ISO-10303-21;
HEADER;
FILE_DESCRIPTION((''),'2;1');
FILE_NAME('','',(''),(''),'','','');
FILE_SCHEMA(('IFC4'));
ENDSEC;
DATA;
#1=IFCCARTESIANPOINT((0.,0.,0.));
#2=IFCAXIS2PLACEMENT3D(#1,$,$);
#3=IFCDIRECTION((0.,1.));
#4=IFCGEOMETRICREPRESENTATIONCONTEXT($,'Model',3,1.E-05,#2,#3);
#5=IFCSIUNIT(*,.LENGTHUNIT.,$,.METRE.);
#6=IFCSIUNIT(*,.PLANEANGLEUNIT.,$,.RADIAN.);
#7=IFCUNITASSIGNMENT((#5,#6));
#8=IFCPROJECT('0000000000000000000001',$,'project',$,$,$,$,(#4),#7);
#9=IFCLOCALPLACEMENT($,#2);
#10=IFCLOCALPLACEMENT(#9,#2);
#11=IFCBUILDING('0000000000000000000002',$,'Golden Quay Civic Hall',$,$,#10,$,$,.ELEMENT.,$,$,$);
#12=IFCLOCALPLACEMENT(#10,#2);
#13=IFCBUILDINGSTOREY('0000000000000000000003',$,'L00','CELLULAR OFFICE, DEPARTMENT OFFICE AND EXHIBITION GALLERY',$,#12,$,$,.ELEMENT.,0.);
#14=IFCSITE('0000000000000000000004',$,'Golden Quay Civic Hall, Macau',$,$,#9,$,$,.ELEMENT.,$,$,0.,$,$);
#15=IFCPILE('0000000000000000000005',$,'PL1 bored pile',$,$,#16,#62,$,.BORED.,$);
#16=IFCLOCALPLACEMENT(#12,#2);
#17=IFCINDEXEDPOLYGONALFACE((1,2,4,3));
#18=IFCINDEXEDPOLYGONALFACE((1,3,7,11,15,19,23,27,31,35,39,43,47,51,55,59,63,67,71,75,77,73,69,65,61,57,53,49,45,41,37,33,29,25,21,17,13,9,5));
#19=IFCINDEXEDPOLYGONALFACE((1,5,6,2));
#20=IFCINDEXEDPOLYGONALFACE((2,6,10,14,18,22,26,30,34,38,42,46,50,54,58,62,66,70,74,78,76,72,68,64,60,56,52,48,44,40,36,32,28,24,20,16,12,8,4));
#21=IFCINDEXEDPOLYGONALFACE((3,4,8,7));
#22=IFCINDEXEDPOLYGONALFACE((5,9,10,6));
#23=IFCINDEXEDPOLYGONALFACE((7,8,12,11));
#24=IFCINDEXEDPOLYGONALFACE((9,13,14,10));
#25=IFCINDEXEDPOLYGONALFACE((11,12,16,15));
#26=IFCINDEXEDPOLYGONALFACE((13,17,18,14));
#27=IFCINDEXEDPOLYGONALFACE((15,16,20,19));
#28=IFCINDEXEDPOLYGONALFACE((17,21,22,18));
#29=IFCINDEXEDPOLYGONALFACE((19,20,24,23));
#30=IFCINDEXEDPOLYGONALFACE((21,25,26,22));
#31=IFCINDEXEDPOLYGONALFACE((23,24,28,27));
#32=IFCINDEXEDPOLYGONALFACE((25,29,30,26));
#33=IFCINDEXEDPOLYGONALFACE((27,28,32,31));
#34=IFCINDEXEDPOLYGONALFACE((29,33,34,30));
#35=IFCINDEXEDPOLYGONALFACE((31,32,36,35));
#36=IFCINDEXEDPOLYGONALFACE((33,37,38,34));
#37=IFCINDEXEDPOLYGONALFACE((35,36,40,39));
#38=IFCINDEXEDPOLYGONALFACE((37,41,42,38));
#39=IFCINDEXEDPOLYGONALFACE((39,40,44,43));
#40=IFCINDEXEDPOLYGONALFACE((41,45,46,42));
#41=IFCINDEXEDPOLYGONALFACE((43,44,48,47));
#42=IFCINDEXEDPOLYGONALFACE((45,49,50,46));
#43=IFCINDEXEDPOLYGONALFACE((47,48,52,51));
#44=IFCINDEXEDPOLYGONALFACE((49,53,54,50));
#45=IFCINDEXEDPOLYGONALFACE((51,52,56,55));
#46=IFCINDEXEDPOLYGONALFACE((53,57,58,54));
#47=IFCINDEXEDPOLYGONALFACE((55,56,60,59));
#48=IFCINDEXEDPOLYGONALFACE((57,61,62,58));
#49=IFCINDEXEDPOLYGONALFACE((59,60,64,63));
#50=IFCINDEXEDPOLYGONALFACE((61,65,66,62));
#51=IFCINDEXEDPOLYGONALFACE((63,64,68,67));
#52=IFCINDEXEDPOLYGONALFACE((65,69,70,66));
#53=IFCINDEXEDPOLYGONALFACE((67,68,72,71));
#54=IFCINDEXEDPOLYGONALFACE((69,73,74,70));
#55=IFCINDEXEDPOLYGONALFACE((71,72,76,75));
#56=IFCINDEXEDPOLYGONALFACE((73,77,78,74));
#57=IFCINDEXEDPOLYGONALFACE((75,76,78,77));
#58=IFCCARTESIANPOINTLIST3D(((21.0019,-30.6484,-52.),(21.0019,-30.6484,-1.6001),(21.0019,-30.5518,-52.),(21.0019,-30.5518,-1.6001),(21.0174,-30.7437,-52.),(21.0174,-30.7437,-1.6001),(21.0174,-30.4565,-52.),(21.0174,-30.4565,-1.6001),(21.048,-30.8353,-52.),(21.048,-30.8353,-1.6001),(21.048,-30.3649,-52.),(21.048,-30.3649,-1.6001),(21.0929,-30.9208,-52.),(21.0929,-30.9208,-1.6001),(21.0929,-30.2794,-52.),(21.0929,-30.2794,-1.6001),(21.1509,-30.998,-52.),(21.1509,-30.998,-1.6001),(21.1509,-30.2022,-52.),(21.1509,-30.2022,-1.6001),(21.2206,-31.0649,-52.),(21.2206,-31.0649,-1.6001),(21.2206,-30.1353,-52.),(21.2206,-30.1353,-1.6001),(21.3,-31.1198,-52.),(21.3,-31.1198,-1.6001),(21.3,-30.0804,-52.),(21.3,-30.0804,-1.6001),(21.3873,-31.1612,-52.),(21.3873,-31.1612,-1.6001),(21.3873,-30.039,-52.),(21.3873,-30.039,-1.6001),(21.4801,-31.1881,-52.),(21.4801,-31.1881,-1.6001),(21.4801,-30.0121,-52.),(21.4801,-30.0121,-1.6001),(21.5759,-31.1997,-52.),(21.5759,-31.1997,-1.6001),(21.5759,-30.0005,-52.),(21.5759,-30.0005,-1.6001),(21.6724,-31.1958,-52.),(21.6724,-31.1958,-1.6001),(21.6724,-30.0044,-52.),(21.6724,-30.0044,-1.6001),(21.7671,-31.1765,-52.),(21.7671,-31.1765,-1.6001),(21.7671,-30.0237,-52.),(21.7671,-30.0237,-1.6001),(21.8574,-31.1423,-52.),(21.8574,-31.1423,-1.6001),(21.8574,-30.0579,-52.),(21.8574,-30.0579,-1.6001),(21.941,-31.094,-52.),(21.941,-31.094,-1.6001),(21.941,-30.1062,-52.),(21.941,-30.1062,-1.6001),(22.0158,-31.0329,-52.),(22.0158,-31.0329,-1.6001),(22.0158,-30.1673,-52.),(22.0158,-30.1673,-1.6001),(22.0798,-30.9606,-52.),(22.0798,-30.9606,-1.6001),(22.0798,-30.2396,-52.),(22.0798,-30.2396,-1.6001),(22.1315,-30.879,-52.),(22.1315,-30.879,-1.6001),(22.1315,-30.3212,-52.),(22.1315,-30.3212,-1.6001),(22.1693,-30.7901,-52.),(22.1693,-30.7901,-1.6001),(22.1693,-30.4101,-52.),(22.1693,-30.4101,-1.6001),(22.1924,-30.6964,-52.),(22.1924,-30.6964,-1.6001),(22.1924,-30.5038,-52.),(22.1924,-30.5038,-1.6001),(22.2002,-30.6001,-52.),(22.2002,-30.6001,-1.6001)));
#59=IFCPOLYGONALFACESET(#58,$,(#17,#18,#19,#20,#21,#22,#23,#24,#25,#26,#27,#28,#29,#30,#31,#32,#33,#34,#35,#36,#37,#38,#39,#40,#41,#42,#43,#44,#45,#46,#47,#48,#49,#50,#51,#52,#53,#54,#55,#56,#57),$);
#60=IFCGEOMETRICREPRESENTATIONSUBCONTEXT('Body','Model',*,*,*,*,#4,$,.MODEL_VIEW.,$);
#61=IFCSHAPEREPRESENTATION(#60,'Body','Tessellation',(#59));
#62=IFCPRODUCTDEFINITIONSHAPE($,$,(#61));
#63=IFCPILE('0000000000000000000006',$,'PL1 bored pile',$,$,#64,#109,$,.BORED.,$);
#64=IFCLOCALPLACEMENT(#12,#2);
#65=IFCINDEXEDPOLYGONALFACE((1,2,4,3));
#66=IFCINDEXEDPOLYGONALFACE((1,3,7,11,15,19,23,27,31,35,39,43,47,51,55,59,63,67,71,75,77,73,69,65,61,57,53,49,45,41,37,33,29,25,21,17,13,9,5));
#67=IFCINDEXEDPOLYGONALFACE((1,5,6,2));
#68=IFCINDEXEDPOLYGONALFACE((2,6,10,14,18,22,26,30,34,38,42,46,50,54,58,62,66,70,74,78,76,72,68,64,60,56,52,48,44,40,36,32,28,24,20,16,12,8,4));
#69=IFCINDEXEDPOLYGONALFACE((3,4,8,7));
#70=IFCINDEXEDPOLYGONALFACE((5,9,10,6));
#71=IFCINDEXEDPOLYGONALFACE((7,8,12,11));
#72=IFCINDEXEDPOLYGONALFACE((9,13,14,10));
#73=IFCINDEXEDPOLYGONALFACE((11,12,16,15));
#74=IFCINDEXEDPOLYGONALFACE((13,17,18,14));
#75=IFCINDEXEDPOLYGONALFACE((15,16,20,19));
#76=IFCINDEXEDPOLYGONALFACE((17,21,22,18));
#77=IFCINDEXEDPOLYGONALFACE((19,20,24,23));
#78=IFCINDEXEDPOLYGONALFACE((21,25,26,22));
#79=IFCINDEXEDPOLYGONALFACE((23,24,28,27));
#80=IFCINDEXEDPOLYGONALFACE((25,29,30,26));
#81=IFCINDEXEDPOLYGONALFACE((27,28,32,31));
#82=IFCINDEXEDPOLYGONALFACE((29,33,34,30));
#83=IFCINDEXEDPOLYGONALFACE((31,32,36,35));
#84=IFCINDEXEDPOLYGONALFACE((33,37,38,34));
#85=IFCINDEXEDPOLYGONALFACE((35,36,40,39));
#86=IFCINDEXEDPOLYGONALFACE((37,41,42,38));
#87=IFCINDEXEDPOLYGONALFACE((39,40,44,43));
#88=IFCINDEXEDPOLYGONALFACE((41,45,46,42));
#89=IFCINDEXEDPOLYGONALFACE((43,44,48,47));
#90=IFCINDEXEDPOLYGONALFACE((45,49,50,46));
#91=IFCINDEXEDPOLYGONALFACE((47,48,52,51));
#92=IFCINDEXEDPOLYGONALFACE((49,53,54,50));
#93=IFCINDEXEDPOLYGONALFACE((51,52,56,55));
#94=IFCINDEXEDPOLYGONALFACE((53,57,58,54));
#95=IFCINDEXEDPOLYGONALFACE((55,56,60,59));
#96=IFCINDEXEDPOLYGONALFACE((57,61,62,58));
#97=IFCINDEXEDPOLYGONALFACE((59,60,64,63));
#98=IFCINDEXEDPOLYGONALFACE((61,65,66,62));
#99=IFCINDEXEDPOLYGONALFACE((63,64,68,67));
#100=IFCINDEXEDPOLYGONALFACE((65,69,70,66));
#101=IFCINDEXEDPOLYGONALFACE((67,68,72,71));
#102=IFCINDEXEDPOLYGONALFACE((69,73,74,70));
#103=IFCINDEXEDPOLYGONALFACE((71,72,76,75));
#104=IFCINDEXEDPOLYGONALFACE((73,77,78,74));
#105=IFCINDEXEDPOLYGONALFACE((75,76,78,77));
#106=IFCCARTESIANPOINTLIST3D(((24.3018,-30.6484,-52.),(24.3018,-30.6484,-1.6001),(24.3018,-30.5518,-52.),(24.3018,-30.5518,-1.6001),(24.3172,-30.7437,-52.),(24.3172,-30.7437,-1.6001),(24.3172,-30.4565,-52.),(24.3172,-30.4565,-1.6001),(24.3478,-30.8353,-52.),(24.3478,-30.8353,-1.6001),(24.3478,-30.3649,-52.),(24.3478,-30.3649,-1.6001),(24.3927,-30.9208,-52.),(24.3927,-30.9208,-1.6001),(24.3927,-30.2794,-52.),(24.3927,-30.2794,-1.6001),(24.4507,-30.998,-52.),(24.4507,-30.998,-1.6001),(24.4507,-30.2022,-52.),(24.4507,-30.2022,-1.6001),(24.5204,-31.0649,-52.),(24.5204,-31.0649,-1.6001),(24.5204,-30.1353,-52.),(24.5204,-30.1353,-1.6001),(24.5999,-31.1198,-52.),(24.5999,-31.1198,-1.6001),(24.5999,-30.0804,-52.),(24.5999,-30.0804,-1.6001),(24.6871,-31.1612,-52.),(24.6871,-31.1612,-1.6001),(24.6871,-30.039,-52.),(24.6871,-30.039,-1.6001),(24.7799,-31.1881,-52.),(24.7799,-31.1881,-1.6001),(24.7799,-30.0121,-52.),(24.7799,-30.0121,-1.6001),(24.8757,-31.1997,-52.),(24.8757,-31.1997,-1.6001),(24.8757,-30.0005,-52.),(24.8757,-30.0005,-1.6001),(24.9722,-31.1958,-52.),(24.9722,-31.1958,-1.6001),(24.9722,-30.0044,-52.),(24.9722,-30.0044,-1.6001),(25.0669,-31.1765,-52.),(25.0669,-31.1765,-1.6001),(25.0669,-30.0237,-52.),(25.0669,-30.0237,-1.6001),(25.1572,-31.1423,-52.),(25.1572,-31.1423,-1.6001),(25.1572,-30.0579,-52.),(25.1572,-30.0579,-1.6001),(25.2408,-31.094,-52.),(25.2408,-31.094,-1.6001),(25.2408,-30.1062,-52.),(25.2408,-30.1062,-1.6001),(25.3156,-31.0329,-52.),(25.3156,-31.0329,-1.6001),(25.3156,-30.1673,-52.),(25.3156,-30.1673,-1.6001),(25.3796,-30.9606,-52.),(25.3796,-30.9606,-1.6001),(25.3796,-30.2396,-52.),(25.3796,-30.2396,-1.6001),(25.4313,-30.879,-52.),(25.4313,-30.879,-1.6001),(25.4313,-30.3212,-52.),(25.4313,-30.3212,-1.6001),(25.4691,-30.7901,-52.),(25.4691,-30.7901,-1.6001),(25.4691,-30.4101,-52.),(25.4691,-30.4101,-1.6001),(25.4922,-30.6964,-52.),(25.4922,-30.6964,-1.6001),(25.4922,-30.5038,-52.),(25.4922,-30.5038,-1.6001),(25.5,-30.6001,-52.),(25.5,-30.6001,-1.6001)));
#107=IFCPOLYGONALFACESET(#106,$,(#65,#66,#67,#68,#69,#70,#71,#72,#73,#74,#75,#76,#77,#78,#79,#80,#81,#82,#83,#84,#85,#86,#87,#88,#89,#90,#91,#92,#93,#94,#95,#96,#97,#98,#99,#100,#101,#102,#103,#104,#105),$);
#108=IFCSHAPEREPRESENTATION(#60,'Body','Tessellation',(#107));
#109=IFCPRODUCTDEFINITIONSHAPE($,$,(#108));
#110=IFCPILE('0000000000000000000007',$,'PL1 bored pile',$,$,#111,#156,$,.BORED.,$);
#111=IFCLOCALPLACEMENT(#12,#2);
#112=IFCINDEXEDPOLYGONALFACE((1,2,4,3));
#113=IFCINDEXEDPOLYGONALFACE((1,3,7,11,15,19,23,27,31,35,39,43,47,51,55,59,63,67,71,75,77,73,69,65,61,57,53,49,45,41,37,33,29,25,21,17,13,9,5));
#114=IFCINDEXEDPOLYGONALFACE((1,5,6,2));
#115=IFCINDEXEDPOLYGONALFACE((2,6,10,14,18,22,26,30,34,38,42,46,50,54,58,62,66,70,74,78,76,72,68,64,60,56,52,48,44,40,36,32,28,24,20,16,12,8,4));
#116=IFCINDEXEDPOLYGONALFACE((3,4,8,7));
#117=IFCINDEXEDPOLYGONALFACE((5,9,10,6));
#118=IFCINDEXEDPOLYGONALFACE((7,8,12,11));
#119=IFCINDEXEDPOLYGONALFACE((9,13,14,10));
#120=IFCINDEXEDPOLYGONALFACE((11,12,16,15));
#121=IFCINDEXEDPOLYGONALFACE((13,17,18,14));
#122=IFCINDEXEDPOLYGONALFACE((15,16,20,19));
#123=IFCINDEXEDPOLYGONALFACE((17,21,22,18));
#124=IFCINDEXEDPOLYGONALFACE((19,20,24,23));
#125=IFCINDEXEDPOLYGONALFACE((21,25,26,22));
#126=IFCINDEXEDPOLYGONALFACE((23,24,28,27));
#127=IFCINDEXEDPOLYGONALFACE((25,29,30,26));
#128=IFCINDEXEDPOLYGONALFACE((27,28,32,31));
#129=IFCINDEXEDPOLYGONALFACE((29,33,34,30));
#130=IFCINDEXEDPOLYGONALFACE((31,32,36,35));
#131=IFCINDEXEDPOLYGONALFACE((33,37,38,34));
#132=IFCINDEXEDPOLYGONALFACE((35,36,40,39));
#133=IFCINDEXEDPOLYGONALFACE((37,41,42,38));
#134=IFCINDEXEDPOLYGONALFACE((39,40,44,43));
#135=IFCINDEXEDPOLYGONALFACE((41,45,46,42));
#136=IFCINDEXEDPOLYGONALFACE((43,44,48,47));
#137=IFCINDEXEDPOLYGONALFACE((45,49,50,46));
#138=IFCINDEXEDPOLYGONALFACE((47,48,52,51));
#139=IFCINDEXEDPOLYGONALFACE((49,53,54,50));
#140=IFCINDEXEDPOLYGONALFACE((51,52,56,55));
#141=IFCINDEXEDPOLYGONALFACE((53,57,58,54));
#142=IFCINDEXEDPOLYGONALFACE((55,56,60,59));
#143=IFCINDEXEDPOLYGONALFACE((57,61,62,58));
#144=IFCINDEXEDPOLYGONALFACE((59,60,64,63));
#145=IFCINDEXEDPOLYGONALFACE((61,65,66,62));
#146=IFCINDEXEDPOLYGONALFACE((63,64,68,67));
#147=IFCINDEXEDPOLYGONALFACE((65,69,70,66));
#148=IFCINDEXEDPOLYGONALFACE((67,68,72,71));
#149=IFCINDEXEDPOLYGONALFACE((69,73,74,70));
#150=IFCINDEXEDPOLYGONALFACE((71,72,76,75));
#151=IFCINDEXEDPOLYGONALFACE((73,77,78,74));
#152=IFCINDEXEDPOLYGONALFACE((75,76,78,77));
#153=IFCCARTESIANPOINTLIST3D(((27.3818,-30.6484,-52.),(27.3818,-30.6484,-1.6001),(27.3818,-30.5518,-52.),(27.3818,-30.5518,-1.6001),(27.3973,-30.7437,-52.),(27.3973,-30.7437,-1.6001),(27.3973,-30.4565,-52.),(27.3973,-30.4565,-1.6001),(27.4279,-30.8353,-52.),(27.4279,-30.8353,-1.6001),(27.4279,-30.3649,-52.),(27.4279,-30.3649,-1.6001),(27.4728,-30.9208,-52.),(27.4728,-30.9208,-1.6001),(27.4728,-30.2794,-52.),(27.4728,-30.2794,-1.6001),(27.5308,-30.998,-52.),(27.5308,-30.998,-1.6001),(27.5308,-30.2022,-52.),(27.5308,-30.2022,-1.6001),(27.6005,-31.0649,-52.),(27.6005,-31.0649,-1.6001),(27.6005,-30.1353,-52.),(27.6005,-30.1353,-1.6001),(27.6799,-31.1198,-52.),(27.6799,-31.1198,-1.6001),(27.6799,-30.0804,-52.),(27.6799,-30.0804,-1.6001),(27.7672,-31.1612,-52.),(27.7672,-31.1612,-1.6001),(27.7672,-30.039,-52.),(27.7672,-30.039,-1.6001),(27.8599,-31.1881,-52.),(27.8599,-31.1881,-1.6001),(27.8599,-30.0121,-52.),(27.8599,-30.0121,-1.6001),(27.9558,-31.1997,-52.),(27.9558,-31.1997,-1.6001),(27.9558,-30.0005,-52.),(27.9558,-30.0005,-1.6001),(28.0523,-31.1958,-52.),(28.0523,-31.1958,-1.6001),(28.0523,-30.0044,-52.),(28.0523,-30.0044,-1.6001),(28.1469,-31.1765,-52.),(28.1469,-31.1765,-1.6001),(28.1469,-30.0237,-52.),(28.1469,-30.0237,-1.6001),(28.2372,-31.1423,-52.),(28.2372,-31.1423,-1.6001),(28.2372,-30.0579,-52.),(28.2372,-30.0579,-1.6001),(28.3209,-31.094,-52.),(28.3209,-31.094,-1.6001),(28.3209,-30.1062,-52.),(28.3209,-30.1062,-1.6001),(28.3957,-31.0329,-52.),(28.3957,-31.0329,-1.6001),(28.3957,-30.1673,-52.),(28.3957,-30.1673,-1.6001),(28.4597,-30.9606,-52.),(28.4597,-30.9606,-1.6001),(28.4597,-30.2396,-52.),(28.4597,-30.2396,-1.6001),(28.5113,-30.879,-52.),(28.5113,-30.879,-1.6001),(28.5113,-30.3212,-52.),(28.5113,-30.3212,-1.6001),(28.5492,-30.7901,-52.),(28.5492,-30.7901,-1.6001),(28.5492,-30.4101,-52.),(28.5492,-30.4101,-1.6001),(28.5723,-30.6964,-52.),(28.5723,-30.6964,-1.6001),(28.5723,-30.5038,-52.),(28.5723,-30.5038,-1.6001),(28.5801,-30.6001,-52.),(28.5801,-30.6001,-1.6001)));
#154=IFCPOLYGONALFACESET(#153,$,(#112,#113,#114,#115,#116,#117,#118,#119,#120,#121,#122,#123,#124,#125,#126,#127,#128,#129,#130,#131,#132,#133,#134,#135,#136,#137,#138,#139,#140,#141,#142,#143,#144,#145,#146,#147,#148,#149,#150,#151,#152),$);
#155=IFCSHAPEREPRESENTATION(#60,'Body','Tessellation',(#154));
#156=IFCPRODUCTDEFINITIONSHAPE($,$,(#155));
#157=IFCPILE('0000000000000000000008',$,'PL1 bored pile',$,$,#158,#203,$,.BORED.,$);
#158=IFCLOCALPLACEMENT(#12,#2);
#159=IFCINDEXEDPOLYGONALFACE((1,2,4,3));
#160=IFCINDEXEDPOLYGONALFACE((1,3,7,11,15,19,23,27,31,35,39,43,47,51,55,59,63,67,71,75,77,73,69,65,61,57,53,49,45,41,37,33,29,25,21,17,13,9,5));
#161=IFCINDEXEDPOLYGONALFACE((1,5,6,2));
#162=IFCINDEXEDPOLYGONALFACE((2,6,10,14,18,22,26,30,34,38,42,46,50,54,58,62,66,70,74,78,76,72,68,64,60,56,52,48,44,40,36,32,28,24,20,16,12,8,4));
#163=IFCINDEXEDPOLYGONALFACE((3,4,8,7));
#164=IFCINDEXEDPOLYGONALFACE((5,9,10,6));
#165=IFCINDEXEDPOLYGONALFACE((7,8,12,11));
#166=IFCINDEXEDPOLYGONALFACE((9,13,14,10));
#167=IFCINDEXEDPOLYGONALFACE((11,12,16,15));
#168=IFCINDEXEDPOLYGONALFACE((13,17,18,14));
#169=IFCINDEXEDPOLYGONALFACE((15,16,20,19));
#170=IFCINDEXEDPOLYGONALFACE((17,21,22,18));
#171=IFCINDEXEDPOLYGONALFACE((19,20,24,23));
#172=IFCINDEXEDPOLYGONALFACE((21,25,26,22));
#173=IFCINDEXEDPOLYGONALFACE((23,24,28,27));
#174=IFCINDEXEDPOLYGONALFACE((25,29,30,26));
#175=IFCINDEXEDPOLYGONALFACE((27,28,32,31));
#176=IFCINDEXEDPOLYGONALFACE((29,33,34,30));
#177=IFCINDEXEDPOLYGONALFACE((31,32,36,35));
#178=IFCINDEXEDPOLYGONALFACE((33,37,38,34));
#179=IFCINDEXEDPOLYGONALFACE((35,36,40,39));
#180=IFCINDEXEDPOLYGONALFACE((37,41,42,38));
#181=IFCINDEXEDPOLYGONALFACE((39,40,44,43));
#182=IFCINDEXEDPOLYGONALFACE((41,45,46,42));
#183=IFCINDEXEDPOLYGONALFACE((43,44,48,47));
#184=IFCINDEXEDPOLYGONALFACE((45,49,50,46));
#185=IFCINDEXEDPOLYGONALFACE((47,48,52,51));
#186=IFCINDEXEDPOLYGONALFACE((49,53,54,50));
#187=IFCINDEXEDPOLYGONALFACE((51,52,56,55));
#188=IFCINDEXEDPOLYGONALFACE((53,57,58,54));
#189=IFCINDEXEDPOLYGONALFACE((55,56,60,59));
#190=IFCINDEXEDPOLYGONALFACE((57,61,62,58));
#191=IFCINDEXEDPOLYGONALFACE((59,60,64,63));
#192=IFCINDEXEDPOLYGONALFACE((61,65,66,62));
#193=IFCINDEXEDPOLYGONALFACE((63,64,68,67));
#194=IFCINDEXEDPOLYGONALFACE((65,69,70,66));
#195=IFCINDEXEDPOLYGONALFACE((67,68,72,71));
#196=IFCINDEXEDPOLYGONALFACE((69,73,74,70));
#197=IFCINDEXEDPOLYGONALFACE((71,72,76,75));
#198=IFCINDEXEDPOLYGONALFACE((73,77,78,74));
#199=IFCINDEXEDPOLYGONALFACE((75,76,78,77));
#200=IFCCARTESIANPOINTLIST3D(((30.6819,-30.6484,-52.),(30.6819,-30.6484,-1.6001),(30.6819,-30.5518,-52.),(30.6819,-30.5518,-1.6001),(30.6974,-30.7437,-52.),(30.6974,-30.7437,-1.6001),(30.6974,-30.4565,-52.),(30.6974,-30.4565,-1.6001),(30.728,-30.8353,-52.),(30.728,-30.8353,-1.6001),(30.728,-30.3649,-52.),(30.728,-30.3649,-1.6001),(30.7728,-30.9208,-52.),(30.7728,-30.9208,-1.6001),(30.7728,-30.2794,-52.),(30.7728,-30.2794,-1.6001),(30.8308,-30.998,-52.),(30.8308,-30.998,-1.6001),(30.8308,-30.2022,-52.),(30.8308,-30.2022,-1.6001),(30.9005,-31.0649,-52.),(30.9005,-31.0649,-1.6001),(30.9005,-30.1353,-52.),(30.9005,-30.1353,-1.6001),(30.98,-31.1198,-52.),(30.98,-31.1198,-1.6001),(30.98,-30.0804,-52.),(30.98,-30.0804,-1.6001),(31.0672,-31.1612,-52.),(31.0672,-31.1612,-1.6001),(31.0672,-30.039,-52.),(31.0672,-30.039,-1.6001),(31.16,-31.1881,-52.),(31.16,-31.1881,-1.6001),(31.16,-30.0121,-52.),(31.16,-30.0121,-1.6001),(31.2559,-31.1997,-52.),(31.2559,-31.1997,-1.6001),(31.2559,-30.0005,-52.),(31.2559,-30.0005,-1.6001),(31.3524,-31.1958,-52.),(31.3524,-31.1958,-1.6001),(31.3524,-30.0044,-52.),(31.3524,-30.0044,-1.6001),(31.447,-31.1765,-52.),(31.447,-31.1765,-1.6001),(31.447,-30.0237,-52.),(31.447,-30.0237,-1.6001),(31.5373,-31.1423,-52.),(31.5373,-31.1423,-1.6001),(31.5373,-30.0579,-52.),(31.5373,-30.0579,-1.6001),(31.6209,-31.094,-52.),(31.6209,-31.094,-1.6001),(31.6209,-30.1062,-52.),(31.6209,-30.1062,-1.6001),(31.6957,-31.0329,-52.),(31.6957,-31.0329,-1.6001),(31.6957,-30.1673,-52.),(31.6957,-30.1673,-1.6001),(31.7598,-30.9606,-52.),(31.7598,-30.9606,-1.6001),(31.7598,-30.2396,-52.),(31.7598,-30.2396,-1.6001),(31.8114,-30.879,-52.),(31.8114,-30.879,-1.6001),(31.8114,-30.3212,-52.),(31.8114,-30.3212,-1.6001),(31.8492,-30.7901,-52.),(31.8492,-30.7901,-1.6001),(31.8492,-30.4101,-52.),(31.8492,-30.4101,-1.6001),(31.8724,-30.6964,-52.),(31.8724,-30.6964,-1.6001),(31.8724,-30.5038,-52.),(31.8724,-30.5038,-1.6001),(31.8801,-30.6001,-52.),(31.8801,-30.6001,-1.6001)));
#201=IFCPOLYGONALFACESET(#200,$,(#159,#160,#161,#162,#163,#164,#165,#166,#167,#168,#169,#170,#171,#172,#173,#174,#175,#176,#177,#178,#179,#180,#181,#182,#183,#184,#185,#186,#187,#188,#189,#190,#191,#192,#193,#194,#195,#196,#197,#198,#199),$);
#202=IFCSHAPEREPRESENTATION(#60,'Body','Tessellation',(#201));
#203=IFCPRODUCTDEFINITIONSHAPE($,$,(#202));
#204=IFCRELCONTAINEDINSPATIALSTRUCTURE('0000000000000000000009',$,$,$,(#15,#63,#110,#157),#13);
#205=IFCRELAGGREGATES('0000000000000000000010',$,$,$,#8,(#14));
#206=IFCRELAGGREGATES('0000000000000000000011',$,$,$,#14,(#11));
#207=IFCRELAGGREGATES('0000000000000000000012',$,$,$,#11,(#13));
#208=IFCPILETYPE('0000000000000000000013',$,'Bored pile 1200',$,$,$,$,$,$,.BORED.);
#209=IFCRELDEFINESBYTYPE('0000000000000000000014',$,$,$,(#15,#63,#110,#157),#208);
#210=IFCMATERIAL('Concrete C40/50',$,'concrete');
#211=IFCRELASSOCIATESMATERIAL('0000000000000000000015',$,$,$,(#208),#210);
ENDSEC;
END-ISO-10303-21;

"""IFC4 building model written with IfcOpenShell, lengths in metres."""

from ifc_helpers import new_model, si_unit, direction, frame, origin, origin_2d, place, context, subcontext, project, spatial, circle, extrude, material, material_profile, profile_set, type_object, element, save


model = new_model("IFC4")

# Units and contexts
model_context = context("Model", 3, precision=1e-05, world=origin(), true_north=direction((0.0, 1.0)))
body_context = subcontext(model_context, "Body", "Model", "MODEL_VIEW")
ifc_project = project(units=[si_unit("LENGTHUNIT", "METRE"), si_unit("PLANEANGLEUNIT", "RADIAN")], contexts=[model_context])

# Site, building, storey
site_placement = place(None, origin())
site = spatial("IfcSite", under=ifc_project, at=site_placement, Name="Golden Quay Civic Hall, Macau", CompositionType="ELEMENT", RefElevation=0.0)
building_placement = place(site_placement, origin())
building = spatial("IfcBuilding", under=site, at=building_placement, Name="Golden Quay Civic Hall", CompositionType="ELEMENT")
storey_placement = place(building_placement, origin())
storey = spatial("IfcBuildingStorey", under=building, at=storey_placement, Name="L00", Description="CELLULAR OFFICE, DEPARTMENT OFFICE AND EXHIBITION GALLERY", CompositionType="ELEMENT", Elevation=0.0)

# Piles
ifc_material_1 = material(Name="Concrete C40/50", Category="concrete")
ifc_material_profile_1 = material_profile(ifc_material_1, circle(Radius=0.6001, at=origin_2d()), Name="RC D1200")
ifc_profile_set_1 = profile_set([ifc_material_profile_1], Name="Concrete C40/50")
pile_type = type_object("IfcPileType", Name="Bored pile 1200", PredefinedType="BORED", material=ifc_profile_set_1)
for number, where, z_axis, x_axis, name in (
    (1, (21.6001, -30.6001, -1.6001), (0.0, 0.0, -1.0), (1.0, 0.0, 0.0), "PL1 bored pile"),
    (2, (24.8999, -30.6001, -1.6001), (0.0, 0.0, -1.0), (1.0, 0.0, 0.0), "PL1 bored pile"),
    (3, (27.98, -30.6001, -1.6001), (0.0, 0.0, -1.0), (1.0, 0.0, 0.0), "PL1 bored pile"),
    (4, (31.28, -30.6001, -1.6001), (0.0, 0.0, -1.0), (1.0, 0.0, 0.0), "PL1 bored pile"),
):
    element("IfcPile", number, at=place(storey_placement, frame(where, z_axis=z_axis, x_axis=x_axis)), inside=storey, type_object=pile_type, Name=name, PredefinedType="BORED", context=body_context, shape_type="SweptSolid", body=[
        extrude(circle(Radius=0.6001, at=origin_2d()), origin(), (0.0, 0.0, 1.0), 50.3999),
    ])

save(model, "model.ifc")
